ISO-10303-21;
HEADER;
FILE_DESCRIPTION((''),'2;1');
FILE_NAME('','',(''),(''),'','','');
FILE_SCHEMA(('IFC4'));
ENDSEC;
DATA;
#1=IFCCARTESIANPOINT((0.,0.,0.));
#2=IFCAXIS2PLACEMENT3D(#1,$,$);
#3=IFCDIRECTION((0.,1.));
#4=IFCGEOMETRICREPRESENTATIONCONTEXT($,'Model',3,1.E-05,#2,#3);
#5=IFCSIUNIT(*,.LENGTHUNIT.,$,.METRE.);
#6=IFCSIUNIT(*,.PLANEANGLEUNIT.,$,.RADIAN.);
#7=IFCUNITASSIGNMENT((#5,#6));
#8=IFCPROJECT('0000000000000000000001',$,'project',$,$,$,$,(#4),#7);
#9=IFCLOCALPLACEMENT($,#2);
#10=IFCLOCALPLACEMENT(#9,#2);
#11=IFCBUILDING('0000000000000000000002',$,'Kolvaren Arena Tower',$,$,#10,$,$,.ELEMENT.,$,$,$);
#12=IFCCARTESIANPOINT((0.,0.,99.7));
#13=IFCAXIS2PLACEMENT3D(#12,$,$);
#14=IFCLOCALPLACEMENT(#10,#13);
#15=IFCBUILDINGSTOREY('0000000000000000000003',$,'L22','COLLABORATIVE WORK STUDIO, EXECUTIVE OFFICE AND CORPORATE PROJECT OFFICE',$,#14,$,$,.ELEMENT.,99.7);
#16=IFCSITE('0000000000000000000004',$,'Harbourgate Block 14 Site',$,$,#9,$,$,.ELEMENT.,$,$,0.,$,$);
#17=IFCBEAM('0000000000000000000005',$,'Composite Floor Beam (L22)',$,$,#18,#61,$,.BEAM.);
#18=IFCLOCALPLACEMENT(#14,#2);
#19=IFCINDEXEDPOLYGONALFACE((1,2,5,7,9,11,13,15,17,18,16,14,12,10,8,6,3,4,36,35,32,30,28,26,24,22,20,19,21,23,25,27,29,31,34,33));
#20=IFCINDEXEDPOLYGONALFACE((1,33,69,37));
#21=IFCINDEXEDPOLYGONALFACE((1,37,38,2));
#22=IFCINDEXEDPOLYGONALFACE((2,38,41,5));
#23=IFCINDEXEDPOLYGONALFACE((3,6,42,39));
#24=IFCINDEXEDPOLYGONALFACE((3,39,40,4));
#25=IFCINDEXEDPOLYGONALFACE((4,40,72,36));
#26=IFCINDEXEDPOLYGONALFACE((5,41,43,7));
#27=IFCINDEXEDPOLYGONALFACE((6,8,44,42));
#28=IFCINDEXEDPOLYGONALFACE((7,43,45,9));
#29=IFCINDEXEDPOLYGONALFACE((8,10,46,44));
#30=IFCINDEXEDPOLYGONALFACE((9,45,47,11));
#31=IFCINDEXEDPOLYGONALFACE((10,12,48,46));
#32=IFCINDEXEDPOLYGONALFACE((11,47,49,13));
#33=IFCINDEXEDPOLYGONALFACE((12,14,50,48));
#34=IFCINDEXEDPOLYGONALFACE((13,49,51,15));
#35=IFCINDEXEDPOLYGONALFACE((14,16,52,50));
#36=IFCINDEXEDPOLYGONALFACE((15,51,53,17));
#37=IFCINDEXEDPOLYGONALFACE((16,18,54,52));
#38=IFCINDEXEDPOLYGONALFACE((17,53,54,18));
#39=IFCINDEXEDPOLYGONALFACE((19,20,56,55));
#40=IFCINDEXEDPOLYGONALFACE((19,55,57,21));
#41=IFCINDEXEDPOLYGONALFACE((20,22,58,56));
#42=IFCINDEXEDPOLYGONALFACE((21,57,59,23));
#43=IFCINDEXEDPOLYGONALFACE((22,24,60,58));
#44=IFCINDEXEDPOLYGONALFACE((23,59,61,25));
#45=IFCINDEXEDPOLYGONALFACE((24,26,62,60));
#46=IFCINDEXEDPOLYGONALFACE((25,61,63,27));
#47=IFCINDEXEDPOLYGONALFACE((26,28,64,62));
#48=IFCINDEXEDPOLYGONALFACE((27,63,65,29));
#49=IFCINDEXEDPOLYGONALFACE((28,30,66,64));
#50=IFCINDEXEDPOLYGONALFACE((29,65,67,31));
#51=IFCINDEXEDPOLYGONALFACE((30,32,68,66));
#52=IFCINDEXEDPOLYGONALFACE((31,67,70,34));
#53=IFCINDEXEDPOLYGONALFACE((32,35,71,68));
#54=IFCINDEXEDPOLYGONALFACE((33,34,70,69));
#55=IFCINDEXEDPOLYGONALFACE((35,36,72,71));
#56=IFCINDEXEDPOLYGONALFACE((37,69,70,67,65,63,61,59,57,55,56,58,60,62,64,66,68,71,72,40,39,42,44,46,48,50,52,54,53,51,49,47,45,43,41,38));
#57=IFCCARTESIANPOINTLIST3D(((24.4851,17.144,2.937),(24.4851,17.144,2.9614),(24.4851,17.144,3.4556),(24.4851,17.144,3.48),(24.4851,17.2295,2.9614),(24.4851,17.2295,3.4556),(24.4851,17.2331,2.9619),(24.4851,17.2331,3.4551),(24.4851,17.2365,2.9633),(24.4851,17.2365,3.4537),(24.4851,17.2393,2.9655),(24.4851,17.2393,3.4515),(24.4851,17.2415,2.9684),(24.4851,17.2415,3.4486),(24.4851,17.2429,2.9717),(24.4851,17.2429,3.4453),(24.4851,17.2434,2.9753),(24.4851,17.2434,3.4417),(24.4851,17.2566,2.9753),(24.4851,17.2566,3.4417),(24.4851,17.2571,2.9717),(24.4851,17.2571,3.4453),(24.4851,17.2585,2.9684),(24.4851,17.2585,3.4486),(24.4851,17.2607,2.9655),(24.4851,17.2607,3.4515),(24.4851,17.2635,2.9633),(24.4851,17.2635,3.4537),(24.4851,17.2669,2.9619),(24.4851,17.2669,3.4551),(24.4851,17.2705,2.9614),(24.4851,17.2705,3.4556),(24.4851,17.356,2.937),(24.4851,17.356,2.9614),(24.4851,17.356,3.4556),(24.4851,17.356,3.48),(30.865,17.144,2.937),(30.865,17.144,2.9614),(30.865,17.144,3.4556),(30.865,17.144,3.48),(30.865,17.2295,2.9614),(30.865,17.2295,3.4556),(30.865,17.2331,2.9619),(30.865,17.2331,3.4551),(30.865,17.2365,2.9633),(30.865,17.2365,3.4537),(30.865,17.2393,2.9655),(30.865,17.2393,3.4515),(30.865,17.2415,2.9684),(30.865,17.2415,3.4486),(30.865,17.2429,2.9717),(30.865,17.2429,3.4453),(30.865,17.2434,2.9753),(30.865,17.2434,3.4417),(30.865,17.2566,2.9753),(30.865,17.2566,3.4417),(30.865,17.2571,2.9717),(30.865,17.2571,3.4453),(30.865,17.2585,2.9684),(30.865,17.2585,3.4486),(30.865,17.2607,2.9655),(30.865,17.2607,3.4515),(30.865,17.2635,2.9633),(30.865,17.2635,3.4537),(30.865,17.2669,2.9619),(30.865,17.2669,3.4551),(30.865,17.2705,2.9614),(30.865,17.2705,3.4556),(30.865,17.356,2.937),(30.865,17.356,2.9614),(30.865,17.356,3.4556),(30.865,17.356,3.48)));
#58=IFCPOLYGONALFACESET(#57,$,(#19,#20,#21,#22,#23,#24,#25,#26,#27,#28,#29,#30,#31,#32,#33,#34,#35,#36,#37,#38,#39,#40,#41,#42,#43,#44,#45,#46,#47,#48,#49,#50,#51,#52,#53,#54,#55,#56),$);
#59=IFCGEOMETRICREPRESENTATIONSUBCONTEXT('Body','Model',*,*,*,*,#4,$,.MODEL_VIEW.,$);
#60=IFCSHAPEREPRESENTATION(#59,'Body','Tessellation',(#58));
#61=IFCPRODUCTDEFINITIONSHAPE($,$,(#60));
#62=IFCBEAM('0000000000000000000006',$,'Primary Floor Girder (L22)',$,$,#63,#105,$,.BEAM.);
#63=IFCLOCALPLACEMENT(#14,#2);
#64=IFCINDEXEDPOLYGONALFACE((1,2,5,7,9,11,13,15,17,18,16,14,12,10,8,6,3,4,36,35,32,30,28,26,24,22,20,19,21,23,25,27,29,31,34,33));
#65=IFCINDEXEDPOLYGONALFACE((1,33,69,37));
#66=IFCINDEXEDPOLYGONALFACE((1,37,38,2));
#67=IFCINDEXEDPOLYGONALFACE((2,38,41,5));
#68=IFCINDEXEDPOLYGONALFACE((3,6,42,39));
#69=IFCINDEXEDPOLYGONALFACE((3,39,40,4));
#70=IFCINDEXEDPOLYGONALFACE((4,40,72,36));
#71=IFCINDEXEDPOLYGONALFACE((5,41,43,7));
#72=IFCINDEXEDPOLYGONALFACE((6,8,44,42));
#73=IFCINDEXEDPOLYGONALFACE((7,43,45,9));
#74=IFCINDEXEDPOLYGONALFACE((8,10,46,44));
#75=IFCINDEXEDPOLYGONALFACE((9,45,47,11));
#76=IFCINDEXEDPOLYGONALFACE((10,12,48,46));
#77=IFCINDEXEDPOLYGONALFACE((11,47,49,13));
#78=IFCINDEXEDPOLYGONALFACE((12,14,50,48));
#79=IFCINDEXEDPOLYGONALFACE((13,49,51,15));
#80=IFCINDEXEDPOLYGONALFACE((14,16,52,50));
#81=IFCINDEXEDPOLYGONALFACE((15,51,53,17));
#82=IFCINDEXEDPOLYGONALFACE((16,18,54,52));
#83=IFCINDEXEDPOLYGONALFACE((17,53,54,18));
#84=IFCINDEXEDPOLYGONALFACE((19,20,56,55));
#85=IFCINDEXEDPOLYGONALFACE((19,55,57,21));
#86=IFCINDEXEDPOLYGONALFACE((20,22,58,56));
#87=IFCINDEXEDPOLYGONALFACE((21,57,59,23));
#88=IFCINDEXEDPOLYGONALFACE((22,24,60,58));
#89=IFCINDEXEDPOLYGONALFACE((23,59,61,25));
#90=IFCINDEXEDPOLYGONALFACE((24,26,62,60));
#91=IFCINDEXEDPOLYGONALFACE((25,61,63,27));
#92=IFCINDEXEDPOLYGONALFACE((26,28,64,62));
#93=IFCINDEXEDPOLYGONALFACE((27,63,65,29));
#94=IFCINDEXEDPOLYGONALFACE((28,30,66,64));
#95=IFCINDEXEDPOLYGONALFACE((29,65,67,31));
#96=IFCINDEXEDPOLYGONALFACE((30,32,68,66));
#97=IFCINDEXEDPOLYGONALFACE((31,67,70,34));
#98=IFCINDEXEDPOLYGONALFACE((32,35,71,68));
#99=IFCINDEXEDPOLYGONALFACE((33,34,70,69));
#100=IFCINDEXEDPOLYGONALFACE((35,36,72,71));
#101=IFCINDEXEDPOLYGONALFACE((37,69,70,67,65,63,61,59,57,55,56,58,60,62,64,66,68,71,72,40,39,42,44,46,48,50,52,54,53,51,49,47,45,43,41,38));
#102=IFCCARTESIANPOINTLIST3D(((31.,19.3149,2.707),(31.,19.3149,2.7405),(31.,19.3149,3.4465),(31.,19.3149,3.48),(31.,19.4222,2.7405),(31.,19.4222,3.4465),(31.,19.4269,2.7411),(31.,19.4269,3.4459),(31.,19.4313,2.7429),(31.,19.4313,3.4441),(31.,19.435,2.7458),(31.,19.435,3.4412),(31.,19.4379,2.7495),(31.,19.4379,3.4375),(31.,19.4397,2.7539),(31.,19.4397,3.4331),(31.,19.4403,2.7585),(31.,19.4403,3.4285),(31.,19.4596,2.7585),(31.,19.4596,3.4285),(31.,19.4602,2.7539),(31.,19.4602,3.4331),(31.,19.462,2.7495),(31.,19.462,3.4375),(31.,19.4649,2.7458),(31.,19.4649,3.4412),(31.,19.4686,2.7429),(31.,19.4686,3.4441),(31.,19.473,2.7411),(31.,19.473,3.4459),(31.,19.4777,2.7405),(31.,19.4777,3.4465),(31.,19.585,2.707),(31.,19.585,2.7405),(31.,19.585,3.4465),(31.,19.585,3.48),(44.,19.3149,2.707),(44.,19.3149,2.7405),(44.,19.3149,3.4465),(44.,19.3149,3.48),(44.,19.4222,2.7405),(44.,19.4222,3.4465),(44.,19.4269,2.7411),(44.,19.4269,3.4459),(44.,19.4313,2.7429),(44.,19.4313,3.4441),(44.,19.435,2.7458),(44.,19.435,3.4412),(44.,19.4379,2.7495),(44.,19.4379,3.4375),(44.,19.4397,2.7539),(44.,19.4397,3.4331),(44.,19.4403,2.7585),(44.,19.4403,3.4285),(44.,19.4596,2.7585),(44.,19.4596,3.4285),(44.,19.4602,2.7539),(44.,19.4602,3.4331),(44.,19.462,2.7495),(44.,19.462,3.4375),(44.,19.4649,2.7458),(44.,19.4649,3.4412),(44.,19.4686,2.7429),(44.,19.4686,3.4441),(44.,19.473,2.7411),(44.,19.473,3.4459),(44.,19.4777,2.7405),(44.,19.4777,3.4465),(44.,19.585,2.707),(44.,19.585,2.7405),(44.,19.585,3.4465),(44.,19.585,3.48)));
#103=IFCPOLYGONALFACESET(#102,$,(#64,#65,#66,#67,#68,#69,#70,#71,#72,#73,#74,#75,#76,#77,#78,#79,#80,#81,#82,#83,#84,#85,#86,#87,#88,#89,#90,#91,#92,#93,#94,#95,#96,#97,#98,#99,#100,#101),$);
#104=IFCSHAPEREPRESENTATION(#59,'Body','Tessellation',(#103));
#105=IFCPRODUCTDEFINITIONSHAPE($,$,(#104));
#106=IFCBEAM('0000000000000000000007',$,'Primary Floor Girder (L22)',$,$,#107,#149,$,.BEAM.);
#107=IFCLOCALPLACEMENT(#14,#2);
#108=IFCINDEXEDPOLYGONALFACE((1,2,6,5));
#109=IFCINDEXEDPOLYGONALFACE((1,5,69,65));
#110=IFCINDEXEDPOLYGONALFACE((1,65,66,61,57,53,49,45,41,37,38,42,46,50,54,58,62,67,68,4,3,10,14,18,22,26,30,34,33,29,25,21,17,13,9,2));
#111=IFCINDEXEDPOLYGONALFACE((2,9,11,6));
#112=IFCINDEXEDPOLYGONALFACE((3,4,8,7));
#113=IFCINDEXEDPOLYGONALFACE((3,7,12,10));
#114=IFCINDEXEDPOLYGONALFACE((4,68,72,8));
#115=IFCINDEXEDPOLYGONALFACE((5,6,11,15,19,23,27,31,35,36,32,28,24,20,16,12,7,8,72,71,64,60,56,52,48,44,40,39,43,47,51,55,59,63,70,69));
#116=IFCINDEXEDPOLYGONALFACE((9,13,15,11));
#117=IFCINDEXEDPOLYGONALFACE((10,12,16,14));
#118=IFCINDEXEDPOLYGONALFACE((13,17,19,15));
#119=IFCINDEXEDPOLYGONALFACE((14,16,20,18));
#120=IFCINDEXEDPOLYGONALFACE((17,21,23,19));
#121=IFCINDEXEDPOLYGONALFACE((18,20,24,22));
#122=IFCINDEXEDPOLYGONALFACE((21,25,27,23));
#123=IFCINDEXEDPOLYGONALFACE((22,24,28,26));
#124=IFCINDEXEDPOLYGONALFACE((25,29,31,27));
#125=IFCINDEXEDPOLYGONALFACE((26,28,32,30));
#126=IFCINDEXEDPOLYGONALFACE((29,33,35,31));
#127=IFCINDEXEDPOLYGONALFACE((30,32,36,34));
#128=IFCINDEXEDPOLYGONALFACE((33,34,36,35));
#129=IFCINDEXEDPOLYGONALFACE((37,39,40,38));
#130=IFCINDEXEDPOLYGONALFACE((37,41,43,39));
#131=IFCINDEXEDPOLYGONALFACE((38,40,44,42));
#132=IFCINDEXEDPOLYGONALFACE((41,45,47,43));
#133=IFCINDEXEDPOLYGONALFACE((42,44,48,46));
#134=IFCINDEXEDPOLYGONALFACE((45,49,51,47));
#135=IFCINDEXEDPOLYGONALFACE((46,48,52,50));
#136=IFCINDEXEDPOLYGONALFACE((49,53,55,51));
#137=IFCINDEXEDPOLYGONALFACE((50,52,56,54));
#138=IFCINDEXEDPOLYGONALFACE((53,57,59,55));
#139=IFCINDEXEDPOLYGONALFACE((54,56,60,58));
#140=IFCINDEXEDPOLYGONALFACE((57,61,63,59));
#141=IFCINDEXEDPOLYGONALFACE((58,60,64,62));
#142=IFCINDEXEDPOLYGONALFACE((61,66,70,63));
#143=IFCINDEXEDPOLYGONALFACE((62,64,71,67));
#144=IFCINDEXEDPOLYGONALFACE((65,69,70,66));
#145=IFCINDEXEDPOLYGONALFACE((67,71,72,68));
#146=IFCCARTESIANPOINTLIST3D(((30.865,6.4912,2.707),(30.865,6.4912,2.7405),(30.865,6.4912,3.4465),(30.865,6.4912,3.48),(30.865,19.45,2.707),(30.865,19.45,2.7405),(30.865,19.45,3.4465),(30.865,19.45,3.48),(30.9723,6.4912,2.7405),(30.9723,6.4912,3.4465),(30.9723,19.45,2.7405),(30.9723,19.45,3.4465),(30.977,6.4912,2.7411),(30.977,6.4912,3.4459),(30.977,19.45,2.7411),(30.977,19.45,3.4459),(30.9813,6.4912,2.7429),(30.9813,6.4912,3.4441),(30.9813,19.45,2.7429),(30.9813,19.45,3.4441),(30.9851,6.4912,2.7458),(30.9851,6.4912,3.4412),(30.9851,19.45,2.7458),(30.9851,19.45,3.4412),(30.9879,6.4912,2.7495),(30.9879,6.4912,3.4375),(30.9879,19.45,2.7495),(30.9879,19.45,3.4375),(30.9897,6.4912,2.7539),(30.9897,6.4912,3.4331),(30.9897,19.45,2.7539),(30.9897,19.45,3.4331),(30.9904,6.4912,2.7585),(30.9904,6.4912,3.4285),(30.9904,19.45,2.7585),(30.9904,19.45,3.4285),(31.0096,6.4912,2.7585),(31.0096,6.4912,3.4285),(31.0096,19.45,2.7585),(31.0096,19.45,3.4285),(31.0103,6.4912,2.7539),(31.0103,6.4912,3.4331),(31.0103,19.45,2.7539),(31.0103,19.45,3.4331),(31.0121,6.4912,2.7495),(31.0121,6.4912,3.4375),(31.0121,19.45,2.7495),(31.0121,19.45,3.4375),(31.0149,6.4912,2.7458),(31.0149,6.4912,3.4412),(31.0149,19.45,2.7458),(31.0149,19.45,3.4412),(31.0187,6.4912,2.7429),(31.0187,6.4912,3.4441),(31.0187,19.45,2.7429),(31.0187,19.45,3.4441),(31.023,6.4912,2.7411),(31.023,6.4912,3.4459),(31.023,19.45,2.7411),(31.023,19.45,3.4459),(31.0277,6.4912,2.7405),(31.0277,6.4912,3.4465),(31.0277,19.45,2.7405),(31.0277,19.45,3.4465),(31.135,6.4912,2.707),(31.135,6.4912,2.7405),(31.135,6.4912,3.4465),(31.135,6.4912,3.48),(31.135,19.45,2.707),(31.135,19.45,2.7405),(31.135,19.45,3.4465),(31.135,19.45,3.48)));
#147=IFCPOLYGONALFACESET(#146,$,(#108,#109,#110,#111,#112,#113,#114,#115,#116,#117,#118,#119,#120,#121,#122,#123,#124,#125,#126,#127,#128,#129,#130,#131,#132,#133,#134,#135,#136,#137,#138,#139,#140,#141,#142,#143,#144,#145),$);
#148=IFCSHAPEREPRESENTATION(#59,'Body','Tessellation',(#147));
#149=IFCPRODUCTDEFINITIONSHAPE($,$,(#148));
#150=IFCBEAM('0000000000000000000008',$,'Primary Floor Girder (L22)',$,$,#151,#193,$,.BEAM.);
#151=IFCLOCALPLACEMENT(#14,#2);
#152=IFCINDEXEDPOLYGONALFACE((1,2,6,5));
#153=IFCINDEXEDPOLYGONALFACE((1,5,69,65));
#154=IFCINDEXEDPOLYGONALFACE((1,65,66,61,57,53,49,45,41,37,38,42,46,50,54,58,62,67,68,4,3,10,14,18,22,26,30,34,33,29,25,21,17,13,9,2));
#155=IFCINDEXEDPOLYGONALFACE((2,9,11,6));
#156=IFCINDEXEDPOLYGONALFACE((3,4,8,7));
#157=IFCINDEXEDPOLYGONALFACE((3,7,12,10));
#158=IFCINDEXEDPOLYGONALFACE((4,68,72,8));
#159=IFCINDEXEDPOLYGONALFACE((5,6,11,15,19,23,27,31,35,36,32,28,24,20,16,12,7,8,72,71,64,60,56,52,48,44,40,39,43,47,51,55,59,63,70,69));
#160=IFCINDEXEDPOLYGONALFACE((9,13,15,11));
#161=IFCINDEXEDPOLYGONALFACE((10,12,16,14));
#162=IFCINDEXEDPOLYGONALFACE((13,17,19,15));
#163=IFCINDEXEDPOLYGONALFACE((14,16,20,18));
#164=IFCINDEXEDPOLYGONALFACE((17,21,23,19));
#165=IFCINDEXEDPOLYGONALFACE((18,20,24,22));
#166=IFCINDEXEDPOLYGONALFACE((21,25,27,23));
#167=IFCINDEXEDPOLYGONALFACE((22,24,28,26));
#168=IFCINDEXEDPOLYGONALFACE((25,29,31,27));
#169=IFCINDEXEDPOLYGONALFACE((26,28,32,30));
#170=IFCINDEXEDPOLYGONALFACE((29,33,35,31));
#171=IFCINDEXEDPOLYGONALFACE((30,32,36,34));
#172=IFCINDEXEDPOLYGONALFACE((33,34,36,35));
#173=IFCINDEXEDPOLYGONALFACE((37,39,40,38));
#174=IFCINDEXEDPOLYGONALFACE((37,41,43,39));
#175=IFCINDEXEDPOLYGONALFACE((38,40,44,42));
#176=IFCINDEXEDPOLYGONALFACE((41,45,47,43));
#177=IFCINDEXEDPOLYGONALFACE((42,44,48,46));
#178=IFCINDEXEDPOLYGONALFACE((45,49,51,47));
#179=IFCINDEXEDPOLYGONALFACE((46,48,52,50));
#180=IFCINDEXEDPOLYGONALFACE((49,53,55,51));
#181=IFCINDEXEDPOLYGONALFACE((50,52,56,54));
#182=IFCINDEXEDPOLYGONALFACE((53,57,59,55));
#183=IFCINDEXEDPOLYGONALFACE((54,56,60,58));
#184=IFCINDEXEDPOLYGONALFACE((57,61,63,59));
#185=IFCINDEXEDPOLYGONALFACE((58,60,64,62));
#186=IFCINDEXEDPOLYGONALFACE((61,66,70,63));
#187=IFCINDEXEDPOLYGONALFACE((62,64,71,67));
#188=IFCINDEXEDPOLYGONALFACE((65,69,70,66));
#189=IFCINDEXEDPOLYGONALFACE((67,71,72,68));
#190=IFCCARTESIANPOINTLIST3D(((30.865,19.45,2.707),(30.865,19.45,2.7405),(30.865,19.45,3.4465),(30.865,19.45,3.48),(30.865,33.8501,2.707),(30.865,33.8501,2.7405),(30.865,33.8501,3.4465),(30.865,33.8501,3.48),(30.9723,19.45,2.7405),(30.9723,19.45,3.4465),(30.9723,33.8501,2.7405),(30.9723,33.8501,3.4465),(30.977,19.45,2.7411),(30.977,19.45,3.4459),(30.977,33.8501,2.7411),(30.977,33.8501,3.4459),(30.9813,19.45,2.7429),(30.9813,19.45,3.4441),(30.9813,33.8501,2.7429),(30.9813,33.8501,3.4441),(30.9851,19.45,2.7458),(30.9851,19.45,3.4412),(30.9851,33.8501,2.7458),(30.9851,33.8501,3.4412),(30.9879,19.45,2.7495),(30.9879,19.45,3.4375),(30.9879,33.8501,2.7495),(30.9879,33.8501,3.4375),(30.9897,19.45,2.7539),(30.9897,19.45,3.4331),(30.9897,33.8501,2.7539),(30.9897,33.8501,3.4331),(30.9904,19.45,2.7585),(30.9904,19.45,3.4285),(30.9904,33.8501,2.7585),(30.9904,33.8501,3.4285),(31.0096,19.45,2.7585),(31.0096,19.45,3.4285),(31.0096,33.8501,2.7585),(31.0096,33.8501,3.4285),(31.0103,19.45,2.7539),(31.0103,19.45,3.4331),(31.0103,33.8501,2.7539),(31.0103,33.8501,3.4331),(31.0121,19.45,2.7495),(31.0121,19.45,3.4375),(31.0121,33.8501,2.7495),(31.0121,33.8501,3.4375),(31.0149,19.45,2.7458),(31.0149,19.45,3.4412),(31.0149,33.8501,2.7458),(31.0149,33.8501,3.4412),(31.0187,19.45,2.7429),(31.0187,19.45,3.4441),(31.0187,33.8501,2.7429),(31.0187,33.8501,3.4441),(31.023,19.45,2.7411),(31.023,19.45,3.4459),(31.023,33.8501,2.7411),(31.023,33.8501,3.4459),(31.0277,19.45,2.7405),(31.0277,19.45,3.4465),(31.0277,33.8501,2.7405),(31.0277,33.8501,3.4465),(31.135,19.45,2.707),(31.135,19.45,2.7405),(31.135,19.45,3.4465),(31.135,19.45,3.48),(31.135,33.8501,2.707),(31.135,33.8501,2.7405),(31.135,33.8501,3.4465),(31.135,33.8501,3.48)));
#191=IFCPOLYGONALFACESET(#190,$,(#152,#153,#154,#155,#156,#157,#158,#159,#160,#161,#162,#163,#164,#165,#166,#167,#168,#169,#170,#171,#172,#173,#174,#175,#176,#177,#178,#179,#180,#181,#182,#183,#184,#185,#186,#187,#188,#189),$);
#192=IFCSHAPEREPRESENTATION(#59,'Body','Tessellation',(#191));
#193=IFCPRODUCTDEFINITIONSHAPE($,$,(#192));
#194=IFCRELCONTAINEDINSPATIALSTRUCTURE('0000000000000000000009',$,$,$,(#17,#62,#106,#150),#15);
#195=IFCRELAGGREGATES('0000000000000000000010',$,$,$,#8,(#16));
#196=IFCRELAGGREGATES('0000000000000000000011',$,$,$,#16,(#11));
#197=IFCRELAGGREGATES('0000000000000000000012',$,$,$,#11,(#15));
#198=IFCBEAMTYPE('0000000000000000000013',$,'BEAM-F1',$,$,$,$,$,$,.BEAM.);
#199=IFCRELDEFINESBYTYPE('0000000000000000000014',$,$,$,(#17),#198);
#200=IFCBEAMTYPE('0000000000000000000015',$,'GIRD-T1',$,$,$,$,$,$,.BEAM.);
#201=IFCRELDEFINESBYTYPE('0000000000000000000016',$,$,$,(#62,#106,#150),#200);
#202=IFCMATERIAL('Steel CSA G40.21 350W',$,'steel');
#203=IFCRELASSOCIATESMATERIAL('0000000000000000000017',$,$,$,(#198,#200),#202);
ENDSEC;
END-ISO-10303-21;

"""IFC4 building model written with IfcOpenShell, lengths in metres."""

from ifc_helpers import new_model, si_unit, direction, frame, origin, origin_2d, place, context, subcontext, project, spatial, i_section, extrude, material, material_profile, profile_set, type_object, element, save


model = new_model("IFC4")

# Units and contexts
model_context = context("Model", 3, precision=1e-05, world=origin(), true_north=direction((0.0, 1.0)))
body_context = subcontext(model_context, "Body", "Model", "MODEL_VIEW")
ifc_project = project(units=[si_unit("LENGTHUNIT", "METRE"), si_unit("PLANEANGLEUNIT", "RADIAN")], contexts=[model_context])

# Site, building, storey
site_placement = place(None, origin())
site = spatial("IfcSite", under=ifc_project, at=site_placement, Name="Harbourgate Block 14 Site", CompositionType="ELEMENT", RefElevation=0.0)
building_placement = place(site_placement, origin())
building = spatial("IfcBuilding", under=site, at=building_placement, Name="Kolvaren Arena Tower", CompositionType="ELEMENT")
storey_placement = place(building_placement, frame((0.0, 0.0, 99.7)))
storey = spatial("IfcBuildingStorey", under=building, at=storey_placement, Name="L22", Description="COLLABORATIVE WORK STUDIO, EXECUTIVE OFFICE AND CORPORATE PROJECT OFFICE", CompositionType="ELEMENT", Elevation=99.7)

# Beams
ifc_material_1 = material(Name="Steel CSA G40.21 350W", Category="steel")
ifc_material_profile_1 = material_profile(ifc_material_1, i_section(OverallWidth=0.2119, OverallDepth=0.543, WebThickness=0.0132, FlangeThickness=0.0244, FilletRadius=0.0139, at=origin_2d()), Name="W530x150")
ifc_profile_set_1 = profile_set([ifc_material_profile_1], Name="Steel CSA G40.21 350W")
beam_type_1 = type_object("IfcBeamType", Name="BEAM-F1", PredefinedType="BEAM", material=ifc_profile_set_1)
beam_1_placement = place(storey_placement, frame((24.4851, 17.25, 3.2085), z_axis=(1.0, 0.0, 0.0), x_axis=(0.0, 1.0, 0.0)))
element("IfcBeam", 1, at=beam_1_placement, inside=storey, type_object=beam_type_1, Name="Composite Floor Beam (L22)", PredefinedType="BEAM", context=body_context, shape_type="SweptSolid", body=[
    extrude(i_section(OverallWidth=0.2119, OverallDepth=0.543, WebThickness=0.0132, FlangeThickness=0.0244, FilletRadius=0.0139, at=origin_2d()), origin(), (0.0, 0.0, 1.0), 6.3799),
])
ifc_material_profile_2 = material_profile(ifc_material_1, i_section(OverallWidth=0.27, OverallDepth=0.7729, WebThickness=0.0193, FlangeThickness=0.0334, FilletRadius=0.0181, at=origin_2d()), Name="W760x257")
ifc_profile_set_2 = profile_set([ifc_material_profile_2], Name="Steel CSA G40.21 350W")
beam_type_2 = type_object("IfcBeamType", Name="GIRD-T1", PredefinedType="BEAM", material=ifc_profile_set_2)
beam_2_placement = place(storey_placement, frame((31.0, 19.45, 3.0935), z_axis=(1.0, 0.0, 0.0), x_axis=(0.0, 1.0, 0.0)))
element("IfcBeam", 2, at=beam_2_placement, inside=storey, type_object=beam_type_2, Name="Primary Floor Girder (L22)", PredefinedType="BEAM", context=body_context, shape_type="SweptSolid", body=[
    extrude(i_section(OverallWidth=0.27, OverallDepth=0.7729, WebThickness=0.0193, FlangeThickness=0.0334, FilletRadius=0.0181, at=origin_2d()), origin(), (0.0, 0.0, 1.0), 13.0),
])
beam_3_placement = place(storey_placement, frame((31.0, 6.4912, 3.0935), z_axis=(0.0, 1.0, 0.0), x_axis=(-1.0, 0.0, 0.0)))
element("IfcBeam", 3, at=beam_3_placement, inside=storey, type_object=beam_type_2, Name="Primary Floor Girder (L22)", PredefinedType="BEAM", context=body_context, shape_type="SweptSolid", body=[
    extrude(i_section(OverallWidth=0.27, OverallDepth=0.7729, WebThickness=0.0193, FlangeThickness=0.0334, FilletRadius=0.0181, at=origin_2d()), origin(), (0.0, 0.0, 1.0), 12.9587),
])
beam_4_placement = place(storey_placement, frame((31.0, 19.45, 3.0935), z_axis=(0.0, 1.0, 0.0), x_axis=(-1.0, 0.0, 0.0)))
element("IfcBeam", 4, at=beam_4_placement, inside=storey, type_object=beam_type_2, Name="Primary Floor Girder (L22)", PredefinedType="BEAM", context=body_context, shape_type="SweptSolid", body=[
    extrude(i_section(OverallWidth=0.27, OverallDepth=0.7729, WebThickness=0.0193, FlangeThickness=0.0334, FilletRadius=0.0181, at=origin_2d()), origin(), (0.0, 0.0, 1.0), 14.4001),
])

save(model, "model.ifc")
